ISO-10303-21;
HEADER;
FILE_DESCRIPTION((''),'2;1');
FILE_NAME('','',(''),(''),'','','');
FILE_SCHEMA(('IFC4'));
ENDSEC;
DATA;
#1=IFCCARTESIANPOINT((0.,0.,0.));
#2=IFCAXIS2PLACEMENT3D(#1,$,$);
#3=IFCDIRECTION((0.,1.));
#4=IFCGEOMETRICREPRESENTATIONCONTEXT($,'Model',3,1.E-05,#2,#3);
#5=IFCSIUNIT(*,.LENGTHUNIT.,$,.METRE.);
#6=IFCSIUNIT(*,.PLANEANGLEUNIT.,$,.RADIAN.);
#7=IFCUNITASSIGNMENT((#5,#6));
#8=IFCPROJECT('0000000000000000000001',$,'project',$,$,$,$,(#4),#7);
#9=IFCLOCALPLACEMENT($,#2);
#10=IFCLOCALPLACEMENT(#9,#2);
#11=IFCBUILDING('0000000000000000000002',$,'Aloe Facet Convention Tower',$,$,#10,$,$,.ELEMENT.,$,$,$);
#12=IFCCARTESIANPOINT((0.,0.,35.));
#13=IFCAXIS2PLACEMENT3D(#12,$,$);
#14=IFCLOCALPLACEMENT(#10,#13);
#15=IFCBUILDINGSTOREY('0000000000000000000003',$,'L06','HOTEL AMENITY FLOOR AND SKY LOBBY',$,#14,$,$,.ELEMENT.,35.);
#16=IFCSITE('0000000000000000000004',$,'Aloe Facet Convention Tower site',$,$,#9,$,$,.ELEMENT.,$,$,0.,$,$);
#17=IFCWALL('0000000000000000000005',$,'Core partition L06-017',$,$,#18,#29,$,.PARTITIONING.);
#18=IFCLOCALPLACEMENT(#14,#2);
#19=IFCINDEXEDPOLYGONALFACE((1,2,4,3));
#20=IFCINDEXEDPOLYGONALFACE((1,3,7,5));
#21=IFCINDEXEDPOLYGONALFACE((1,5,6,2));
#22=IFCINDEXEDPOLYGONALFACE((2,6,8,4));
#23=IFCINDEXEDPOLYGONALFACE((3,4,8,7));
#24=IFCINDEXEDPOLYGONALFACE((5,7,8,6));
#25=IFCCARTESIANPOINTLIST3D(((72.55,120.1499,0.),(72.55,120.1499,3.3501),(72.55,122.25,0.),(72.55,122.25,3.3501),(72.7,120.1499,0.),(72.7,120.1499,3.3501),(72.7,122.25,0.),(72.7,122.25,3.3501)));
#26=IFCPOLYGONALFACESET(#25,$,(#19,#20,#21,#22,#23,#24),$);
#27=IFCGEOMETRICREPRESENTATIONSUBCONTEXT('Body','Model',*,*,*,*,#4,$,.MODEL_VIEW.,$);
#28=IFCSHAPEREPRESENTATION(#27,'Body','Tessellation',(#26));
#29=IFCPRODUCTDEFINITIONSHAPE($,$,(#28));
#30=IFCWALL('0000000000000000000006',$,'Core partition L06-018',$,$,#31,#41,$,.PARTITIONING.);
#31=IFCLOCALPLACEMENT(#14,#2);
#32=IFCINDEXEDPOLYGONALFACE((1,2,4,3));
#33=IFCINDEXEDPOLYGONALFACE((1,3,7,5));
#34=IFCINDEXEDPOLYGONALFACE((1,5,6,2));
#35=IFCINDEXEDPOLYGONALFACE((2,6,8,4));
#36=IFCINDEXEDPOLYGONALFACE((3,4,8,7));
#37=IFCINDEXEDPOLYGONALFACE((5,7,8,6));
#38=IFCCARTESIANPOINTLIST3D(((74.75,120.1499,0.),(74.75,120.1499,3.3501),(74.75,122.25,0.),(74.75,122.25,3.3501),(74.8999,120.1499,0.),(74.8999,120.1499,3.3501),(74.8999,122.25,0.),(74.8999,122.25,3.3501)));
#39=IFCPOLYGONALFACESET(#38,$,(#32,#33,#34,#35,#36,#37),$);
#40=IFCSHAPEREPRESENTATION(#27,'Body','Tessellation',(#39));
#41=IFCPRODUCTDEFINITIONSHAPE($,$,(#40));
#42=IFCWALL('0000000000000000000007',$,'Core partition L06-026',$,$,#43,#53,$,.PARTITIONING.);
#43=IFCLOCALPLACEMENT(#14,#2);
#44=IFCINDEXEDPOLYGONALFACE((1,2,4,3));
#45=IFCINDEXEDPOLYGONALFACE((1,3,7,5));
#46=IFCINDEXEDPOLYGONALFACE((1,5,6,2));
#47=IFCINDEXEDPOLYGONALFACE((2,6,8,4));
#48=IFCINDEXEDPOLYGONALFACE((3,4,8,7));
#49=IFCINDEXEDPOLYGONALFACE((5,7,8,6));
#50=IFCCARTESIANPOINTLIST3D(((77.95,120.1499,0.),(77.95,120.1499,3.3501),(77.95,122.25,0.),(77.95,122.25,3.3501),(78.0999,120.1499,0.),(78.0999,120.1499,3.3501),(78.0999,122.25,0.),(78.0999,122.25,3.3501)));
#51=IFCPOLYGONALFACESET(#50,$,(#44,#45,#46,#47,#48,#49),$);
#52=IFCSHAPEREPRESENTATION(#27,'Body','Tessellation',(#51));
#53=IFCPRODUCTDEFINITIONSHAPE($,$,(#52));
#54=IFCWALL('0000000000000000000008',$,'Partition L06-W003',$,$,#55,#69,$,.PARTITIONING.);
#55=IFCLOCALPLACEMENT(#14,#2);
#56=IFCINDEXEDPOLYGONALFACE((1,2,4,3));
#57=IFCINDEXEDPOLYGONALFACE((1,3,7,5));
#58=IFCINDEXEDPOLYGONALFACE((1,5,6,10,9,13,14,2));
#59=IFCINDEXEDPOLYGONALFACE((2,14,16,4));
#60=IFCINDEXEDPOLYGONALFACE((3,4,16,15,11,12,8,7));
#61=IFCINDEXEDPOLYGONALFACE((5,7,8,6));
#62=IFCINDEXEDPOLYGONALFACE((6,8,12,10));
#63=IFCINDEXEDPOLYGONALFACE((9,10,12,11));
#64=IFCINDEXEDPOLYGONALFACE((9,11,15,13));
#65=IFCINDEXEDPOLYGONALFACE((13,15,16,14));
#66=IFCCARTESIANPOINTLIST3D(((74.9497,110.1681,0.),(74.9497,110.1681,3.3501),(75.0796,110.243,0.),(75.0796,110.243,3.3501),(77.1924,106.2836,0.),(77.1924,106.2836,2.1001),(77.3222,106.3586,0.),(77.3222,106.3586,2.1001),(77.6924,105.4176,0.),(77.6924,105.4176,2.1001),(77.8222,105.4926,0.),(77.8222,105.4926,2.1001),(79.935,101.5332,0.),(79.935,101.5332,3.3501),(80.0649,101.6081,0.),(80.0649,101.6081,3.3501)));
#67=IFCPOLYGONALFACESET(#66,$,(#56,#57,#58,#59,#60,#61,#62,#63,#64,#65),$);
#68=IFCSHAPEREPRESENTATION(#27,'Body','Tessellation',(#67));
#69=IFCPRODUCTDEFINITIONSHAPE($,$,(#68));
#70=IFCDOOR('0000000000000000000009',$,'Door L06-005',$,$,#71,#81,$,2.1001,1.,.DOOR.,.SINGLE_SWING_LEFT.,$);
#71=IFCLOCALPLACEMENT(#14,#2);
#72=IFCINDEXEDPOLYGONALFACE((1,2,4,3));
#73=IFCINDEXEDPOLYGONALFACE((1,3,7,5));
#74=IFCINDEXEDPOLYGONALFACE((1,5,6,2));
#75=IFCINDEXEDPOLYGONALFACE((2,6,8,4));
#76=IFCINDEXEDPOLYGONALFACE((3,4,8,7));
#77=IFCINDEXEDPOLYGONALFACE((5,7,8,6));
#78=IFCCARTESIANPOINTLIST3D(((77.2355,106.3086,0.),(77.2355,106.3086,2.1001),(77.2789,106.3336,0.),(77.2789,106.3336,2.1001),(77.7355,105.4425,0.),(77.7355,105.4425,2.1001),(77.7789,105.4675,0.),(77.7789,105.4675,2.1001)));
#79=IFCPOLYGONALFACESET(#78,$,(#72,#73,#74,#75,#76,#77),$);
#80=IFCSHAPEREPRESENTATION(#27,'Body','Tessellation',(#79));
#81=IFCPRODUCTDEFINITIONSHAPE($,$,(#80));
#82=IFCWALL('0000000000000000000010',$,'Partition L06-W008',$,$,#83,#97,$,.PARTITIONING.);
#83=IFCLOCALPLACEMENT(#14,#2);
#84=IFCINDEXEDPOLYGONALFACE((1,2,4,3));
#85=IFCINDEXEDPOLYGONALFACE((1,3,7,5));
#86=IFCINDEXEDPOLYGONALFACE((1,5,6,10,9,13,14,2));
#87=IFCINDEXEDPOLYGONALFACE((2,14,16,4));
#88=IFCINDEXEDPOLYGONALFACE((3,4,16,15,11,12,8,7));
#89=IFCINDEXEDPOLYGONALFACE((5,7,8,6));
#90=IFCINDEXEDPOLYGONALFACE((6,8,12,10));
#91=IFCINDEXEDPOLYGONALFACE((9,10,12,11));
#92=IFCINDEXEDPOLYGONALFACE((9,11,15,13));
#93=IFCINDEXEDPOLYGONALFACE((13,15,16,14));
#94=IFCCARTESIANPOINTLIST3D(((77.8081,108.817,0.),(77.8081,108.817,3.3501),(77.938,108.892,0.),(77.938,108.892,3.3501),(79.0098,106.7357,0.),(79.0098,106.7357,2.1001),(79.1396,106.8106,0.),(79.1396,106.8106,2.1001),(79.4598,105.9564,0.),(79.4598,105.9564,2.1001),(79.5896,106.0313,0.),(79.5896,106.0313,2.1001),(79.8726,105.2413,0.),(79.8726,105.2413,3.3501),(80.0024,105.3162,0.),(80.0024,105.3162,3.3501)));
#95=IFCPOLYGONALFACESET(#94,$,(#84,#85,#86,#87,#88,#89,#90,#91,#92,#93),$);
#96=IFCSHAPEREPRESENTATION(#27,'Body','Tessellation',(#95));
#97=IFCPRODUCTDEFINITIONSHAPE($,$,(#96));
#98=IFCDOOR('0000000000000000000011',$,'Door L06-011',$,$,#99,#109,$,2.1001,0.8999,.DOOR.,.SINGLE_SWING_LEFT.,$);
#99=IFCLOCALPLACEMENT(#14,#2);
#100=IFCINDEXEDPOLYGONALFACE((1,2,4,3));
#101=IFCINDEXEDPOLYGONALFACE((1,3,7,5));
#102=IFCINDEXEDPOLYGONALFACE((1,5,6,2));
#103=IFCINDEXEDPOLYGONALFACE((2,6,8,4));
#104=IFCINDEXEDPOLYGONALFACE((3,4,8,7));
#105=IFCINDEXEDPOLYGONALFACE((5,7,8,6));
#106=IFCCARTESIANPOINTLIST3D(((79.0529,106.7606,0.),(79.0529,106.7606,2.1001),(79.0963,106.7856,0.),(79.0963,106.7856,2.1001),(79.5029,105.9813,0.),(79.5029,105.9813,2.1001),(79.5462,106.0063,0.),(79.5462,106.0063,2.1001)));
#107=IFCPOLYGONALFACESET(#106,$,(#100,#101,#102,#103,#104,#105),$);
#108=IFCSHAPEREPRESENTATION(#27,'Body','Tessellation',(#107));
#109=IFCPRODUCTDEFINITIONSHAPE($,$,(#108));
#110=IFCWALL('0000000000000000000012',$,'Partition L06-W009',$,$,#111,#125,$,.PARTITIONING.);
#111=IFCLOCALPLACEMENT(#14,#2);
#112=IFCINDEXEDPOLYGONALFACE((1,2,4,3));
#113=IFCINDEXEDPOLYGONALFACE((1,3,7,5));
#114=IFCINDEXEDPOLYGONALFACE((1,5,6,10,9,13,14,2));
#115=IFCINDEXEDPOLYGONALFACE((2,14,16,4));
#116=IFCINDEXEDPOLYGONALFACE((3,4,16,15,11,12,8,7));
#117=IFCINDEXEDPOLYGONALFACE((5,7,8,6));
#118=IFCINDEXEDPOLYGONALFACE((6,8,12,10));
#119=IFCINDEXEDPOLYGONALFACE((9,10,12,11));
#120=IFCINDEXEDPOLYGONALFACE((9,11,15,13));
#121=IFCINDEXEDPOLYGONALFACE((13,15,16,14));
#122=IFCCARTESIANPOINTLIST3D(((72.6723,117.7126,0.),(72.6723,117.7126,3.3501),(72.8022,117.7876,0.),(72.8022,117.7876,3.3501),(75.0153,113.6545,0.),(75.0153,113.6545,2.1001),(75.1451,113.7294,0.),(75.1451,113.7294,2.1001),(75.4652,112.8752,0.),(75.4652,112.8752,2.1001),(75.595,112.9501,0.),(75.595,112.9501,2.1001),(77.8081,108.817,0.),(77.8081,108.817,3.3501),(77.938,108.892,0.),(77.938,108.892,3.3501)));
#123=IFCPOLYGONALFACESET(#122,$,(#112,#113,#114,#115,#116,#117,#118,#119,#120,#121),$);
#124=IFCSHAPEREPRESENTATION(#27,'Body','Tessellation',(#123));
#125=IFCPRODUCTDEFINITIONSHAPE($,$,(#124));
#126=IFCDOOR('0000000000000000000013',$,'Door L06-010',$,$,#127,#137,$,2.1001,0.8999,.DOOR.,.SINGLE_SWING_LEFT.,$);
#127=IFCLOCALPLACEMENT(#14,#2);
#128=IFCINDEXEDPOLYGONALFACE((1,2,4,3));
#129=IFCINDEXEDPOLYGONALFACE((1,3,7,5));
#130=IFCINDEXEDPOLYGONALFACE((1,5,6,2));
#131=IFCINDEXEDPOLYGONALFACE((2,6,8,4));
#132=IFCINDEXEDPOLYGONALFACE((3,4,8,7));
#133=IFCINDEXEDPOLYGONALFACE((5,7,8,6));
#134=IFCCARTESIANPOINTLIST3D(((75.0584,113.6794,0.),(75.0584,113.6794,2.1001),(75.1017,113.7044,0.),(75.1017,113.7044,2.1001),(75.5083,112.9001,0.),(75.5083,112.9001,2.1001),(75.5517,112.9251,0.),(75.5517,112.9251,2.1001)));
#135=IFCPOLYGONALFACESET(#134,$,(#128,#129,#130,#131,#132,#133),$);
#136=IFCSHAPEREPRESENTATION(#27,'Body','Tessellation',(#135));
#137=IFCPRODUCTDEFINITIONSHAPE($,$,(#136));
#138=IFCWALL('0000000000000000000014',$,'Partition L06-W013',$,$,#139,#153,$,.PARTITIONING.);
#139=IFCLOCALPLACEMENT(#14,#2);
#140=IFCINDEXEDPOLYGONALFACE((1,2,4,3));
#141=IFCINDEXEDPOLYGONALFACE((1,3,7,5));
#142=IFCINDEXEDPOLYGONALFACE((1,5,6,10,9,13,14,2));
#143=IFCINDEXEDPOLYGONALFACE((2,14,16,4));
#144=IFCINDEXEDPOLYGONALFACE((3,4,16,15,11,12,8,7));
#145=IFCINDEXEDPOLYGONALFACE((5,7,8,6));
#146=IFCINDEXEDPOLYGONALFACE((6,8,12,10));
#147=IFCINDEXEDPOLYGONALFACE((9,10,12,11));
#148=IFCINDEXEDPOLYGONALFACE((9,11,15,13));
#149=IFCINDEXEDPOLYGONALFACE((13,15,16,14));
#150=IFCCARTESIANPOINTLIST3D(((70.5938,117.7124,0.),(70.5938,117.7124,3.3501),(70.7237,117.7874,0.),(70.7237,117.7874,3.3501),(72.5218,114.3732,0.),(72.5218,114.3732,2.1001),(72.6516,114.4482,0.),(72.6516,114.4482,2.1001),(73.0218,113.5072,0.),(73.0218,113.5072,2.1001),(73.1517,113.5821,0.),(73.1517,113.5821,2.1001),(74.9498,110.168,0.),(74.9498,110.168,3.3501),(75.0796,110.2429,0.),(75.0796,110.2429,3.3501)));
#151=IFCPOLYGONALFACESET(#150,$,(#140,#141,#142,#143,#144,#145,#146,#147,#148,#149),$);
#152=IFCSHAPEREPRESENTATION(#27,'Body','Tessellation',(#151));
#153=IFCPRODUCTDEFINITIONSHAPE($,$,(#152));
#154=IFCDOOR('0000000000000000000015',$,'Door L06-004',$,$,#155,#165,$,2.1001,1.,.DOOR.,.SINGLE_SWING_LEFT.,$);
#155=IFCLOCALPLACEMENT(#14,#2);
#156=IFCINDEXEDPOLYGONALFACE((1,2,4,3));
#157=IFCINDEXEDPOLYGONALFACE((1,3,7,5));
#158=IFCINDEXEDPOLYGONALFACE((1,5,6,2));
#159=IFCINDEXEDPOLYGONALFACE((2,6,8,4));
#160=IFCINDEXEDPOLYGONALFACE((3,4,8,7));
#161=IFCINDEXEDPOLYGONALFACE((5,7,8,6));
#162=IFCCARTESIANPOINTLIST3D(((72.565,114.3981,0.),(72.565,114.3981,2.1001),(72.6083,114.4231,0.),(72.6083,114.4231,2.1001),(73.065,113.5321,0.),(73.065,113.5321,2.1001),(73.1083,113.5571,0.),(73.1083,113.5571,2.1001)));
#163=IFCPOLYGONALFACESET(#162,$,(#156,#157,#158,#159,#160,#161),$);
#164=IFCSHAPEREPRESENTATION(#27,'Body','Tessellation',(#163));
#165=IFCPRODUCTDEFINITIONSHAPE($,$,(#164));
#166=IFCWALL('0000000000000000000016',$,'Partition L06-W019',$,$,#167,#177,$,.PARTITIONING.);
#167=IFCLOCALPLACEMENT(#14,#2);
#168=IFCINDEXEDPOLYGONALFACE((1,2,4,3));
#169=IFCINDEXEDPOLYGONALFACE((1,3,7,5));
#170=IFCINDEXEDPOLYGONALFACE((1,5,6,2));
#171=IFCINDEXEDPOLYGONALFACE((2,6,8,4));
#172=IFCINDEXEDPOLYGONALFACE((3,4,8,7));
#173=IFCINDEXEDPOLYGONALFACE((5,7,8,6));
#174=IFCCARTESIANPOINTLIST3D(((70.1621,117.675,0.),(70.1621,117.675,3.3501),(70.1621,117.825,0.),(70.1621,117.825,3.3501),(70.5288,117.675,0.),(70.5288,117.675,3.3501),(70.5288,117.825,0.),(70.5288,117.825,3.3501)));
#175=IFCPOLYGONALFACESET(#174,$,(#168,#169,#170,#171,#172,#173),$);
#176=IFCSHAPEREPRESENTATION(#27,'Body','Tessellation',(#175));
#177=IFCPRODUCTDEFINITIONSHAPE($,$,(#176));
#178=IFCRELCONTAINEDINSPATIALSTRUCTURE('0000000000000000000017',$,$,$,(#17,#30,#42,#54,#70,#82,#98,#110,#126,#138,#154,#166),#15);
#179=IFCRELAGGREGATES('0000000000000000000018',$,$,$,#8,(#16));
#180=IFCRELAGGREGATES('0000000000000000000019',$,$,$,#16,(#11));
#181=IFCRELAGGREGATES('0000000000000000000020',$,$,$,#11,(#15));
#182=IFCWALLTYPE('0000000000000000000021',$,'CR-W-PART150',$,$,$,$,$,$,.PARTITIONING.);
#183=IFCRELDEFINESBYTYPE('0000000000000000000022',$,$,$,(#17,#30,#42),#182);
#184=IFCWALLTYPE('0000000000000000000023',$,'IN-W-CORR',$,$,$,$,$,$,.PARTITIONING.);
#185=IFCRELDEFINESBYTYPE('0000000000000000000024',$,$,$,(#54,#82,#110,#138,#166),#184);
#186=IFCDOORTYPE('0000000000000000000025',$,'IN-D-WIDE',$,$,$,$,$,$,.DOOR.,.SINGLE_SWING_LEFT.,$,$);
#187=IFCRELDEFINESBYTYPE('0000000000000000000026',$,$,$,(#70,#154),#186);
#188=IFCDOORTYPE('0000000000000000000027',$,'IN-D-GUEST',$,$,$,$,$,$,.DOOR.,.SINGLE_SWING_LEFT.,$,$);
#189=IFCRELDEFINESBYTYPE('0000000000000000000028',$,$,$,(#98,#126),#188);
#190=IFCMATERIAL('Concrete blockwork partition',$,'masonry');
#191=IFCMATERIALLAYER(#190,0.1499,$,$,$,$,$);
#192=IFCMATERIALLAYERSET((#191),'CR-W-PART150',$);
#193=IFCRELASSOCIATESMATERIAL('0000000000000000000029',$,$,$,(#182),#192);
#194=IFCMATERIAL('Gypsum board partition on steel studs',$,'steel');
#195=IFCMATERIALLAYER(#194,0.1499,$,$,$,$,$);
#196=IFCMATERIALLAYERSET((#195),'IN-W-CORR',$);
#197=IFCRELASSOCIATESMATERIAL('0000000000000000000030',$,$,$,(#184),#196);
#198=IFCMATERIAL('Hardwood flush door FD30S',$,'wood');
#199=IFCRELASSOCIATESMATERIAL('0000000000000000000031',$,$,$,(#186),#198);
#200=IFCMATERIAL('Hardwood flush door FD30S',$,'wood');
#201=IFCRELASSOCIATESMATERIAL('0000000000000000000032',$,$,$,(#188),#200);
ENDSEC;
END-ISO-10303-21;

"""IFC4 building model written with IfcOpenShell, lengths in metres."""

from ifc_helpers import new_model, si_unit, direction, frame, frame_2d, origin, place, context, subcontext, project, spatial, rectangle, extrude, material, layer, layer_set, type_object, element, fill, save


model = new_model("IFC4")

# Units and contexts
model_context = context("Model", 3, precision=1e-05, world=origin(), true_north=direction((0.0, 1.0)))
body_context = subcontext(model_context, "Body", "Model", "MODEL_VIEW")
ifc_project = project(units=[si_unit("LENGTHUNIT", "METRE"), si_unit("PLANEANGLEUNIT", "RADIAN")], contexts=[model_context])

# Site, building, storey
site_placement = place(None, origin())
site = spatial("IfcSite", under=ifc_project, at=site_placement, Name="Aloe Facet Convention Tower site", CompositionType="ELEMENT", RefElevation=0.0)
building_placement = place(site_placement, origin())
building = spatial("IfcBuilding", under=site, at=building_placement, Name="Aloe Facet Convention Tower", CompositionType="ELEMENT")
storey_placement = place(building_placement, frame((0.0, 0.0, 35.0)))
storey = spatial("IfcBuildingStorey", under=building, at=storey_placement, Name="L06", Description="HOTEL AMENITY FLOOR AND SKY LOBBY", CompositionType="ELEMENT", Elevation=35.0)

# Walls
ifc_material_1 = material(Name="Concrete blockwork partition", Category="masonry")
ifc_layer_1 = layer(ifc_material_1, 0.1499)
ifc_layer_set_1 = layer_set([ifc_layer_1], Name="CR-W-PART150")
wall_type_1 = type_object("IfcWallType", Name="CR-W-PART150", PredefinedType="PARTITIONING", material=ifc_layer_set_1)
for number, where, z_axis, x_axis, name in (
    (1, (72.625, 122.25, 0.0), (0.0, 0.0, 1.0), (0.0, -1.0, 0.0), "Core partition L06-017"),
    (2, (74.825, 122.25, 0.0), (0.0, 0.0, 1.0), (0.0, -1.0, 0.0), "Core partition L06-018"),
    (3, (78.0249, 122.25, 0.0), (0.0, 0.0, 1.0), (0.0, -1.0, 0.0), "Core partition L06-026"),
):
    element("IfcWall", number, at=place(storey_placement, frame(where, z_axis=z_axis, x_axis=x_axis)), inside=storey, type_object=wall_type_1, Name=name, PredefinedType="PARTITIONING", context=body_context, shape_type="SweptSolid", body=[
        extrude(rectangle(XDim=2.1001, YDim=0.1499, at=frame_2d((1.05, 0.0))), origin(), (0.0, 0.0, 1.0), 3.3501),
    ])

# Walls, openings, doors
ifc_material_2 = material(Name="Gypsum board partition on steel studs", Category="steel")
ifc_layer_2 = layer(ifc_material_2, 0.1499)
ifc_layer_set_2 = layer_set([ifc_layer_2], Name="IN-W-CORR")
wall_type_2 = type_object("IfcWallType", Name="IN-W-CORR", PredefinedType="PARTITIONING", material=ifc_layer_set_2)
wall_1_placement = place(storey_placement, frame((75.0146, 110.2056, 0.0), z_axis=(0.0, 0.0, 1.0), x_axis=(0.499994, -0.866029, 0.0)))
wall_1 = element("IfcWall", 4, at=wall_1_placement, inside=storey, type_object=wall_type_2, Name="Partition L06-W003", PredefinedType="PARTITIONING", context=body_context, shape_type="SweptSolid", body=[
    extrude(rectangle(XDim=9.9707, YDim=0.1499, at=frame_2d((4.9854, 0.0))), origin(), (0.0, 0.0, 1.0), 3.3501),
])
opening_1_placement = place(wall_1_placement, frame((4.4854, 0.0, 0.0)))
opening_1 = element("IfcOpeningElement", 5, at=opening_1_placement, cuts=wall_1, PredefinedType="OPENING", context=body_context, shape_type="SweptSolid", body=[
    extrude(rectangle(XDim=1.0, YDim=2.1001, at=frame_2d((0.5, 1.05))), frame((0.0, 0.085, 0.0), z_axis=(0.0, -1.0, 0.0), x_axis=(1.0, 0.0, 0.0)), (0.0, 0.0, 1.0), 0.1699),
])
ifc_material_3 = material(Name="Hardwood flush door FD30S", Category="wood")
door_type_1 = type_object("IfcDoorType", Name="IN-D-WIDE", OperationType="SINGLE_SWING_LEFT", PredefinedType="DOOR", material=ifc_material_3)
door_1_placement = place(opening_1_placement, origin())
door_1 = element("IfcDoor", 6, at=door_1_placement, inside=storey, type_object=door_type_1, Name="Door L06-005", OperationType="SINGLE_SWING_LEFT", OverallHeight=2.1001, OverallWidth=1.0, PredefinedType="DOOR", context=body_context, shape_type="SweptSolid", body=[
    extrude(rectangle(XDim=1.0, YDim=2.1001, at=frame_2d((0.5, 1.05))), frame((0.0, 0.0249, 0.0), z_axis=(0.0, -1.0, 0.0), x_axis=(1.0, 0.0, 0.0)), (0.0, 0.0, 1.0), 0.05),
])
fill(opening_1, door_1)
wall_2_placement = place(storey_placement, frame((77.873, 108.8545, 0.0), z_axis=(0.0, 0.0, 1.0), x_axis=(0.500006, -0.866022, 0.0)))
wall_2 = element("IfcWall", 7, at=wall_2_placement, inside=storey, type_object=wall_type_2, Name="Partition L06-W008", PredefinedType="PARTITIONING", context=body_context, shape_type="SweptSolid", body=[
    extrude(rectangle(XDim=4.1289, YDim=0.1499, at=frame_2d((2.0645, 0.0))), origin(), (0.0, 0.0, 1.0), 3.3501),
])
opening_2_placement = place(wall_2_placement, frame((2.4033, 0.0, 0.0)))
opening_2 = element("IfcOpeningElement", 8, at=opening_2_placement, cuts=wall_2, PredefinedType="OPENING", context=body_context, shape_type="SweptSolid", body=[
    extrude(rectangle(XDim=0.8999, YDim=2.1001, at=frame_2d((0.45, 1.05))), frame((0.0, 0.085, 0.0), z_axis=(0.0, -1.0, 0.0), x_axis=(1.0, 0.0, 0.0)), (0.0, 0.0, 1.0), 0.1699),
])
ifc_material_4 = material(Name="Hardwood flush door FD30S", Category="wood")
door_type_2 = type_object("IfcDoorType", Name="IN-D-GUEST", OperationType="SINGLE_SWING_LEFT", PredefinedType="DOOR", material=ifc_material_4)
door_2_placement = place(opening_2_placement, origin())
door_2 = element("IfcDoor", 9, at=door_2_placement, inside=storey, type_object=door_type_2, Name="Door L06-011", OperationType="SINGLE_SWING_LEFT", OverallHeight=2.1001, OverallWidth=0.8999, PredefinedType="DOOR", context=body_context, shape_type="SweptSolid", body=[
    extrude(rectangle(XDim=0.8999, YDim=2.1001, at=frame_2d((0.45, 1.05))), frame((0.0, 0.0249, 0.0), z_axis=(0.0, -1.0, 0.0), x_axis=(1.0, 0.0, 0.0)), (0.0, 0.0, 1.0), 0.05),
])
fill(opening_2, door_2)
wall_3_placement = place(storey_placement, frame((72.7373, 117.75, 0.0), z_axis=(0.0, 0.0, 1.0), x_axis=(0.499994, -0.866029, 0.0)))
wall_3 = element("IfcWall", 10, at=wall_3_placement, inside=storey, type_object=wall_type_2, Name="Partition L06-W009", PredefinedType="PARTITIONING", context=body_context, shape_type="SweptSolid", body=[
    extrude(rectangle(XDim=10.2717, YDim=0.1499, at=frame_2d((5.1357, 0.0))), origin(), (0.0, 0.0, 1.0), 3.3501),
])
opening_3_placement = place(wall_3_placement, frame((4.6858, 0.0, 0.0)))
opening_3 = element("IfcOpeningElement", 11, at=opening_3_placement, cuts=wall_3, PredefinedType="OPENING", context=body_context, shape_type="SweptSolid", body=[
    extrude(rectangle(XDim=0.8999, YDim=2.1001, at=frame_2d((0.45, 1.05))), frame((0.0, 0.085, 0.0), z_axis=(0.0, -1.0, 0.0), x_axis=(1.0, 0.0, 0.0)), (0.0, 0.0, 1.0), 0.1699),
])
door_3_placement = place(opening_3_placement, origin())
door_3 = element("IfcDoor", 12, at=door_3_placement, inside=storey, type_object=door_type_2, Name="Door L06-010", OperationType="SINGLE_SWING_LEFT", OverallHeight=2.1001, OverallWidth=0.8999, PredefinedType="DOOR", context=body_context, shape_type="SweptSolid", body=[
    extrude(rectangle(XDim=0.8999, YDim=2.1001, at=frame_2d((0.45, 1.05))), frame((0.0, 0.0249, 0.0), z_axis=(0.0, -1.0, 0.0), x_axis=(1.0, 0.0, 0.0)), (0.0, 0.0, 1.0), 0.05),
])
fill(opening_3, door_3)
wall_4_placement = place(storey_placement, frame((70.6587, 117.75, 0.0), z_axis=(0.0, 0.0, 1.0), x_axis=(0.500015, -0.866017, 0.0)))
wall_4 = element("IfcWall", 13, at=wall_4_placement, inside=storey, type_object=wall_type_2, Name="Partition L06-W013", PredefinedType="PARTITIONING", context=body_context, shape_type="SweptSolid", body=[
    extrude(rectangle(XDim=8.7117, YDim=0.1499, at=frame_2d((4.356, 0.0))), origin(), (0.0, 0.0, 1.0), 3.3501),
])
opening_4_placement = place(wall_4_placement, frame((3.856, 0.0, 0.0)))
opening_4 = element("IfcOpeningElement", 14, at=opening_4_placement, cuts=wall_4, PredefinedType="OPENING", context=body_context, shape_type="SweptSolid", body=[
    extrude(rectangle(XDim=1.0, YDim=2.1001, at=frame_2d((0.5, 1.05))), frame((0.0, 0.085, 0.0), z_axis=(0.0, -1.0, 0.0), x_axis=(1.0, 0.0, 0.0)), (0.0, 0.0, 1.0), 0.1699),
])
door_4_placement = place(opening_4_placement, origin())
door_4 = element("IfcDoor", 15, at=door_4_placement, inside=storey, type_object=door_type_1, Name="Door L06-004", OperationType="SINGLE_SWING_LEFT", OverallHeight=2.1001, OverallWidth=1.0, PredefinedType="DOOR", context=body_context, shape_type="SweptSolid", body=[
    extrude(rectangle(XDim=1.0, YDim=2.1001, at=frame_2d((0.5, 1.05))), frame((0.0, 0.0249, 0.0), z_axis=(0.0, -1.0, 0.0), x_axis=(1.0, 0.0, 0.0)), (0.0, 0.0, 1.0), 0.05),
])
fill(opening_4, door_4)

# Wall
wall_5_placement = place(storey_placement, frame((70.1621, 117.75, 0.0), z_axis=(0.0, 0.0, 1.0), x_axis=(1.0, 0.0, 0.0)))
element("IfcWall", 16, at=wall_5_placement, inside=storey, type_object=wall_type_2, Name="Partition L06-W019", PredefinedType="PARTITIONING", context=body_context, shape_type="SweptSolid", body=[
    extrude(rectangle(XDim=0.3667, YDim=0.1499, at=frame_2d((0.1833, 0.0))), origin(), (0.0, 0.0, 1.0), 3.3501),
])

save(model, "model.ifc")
